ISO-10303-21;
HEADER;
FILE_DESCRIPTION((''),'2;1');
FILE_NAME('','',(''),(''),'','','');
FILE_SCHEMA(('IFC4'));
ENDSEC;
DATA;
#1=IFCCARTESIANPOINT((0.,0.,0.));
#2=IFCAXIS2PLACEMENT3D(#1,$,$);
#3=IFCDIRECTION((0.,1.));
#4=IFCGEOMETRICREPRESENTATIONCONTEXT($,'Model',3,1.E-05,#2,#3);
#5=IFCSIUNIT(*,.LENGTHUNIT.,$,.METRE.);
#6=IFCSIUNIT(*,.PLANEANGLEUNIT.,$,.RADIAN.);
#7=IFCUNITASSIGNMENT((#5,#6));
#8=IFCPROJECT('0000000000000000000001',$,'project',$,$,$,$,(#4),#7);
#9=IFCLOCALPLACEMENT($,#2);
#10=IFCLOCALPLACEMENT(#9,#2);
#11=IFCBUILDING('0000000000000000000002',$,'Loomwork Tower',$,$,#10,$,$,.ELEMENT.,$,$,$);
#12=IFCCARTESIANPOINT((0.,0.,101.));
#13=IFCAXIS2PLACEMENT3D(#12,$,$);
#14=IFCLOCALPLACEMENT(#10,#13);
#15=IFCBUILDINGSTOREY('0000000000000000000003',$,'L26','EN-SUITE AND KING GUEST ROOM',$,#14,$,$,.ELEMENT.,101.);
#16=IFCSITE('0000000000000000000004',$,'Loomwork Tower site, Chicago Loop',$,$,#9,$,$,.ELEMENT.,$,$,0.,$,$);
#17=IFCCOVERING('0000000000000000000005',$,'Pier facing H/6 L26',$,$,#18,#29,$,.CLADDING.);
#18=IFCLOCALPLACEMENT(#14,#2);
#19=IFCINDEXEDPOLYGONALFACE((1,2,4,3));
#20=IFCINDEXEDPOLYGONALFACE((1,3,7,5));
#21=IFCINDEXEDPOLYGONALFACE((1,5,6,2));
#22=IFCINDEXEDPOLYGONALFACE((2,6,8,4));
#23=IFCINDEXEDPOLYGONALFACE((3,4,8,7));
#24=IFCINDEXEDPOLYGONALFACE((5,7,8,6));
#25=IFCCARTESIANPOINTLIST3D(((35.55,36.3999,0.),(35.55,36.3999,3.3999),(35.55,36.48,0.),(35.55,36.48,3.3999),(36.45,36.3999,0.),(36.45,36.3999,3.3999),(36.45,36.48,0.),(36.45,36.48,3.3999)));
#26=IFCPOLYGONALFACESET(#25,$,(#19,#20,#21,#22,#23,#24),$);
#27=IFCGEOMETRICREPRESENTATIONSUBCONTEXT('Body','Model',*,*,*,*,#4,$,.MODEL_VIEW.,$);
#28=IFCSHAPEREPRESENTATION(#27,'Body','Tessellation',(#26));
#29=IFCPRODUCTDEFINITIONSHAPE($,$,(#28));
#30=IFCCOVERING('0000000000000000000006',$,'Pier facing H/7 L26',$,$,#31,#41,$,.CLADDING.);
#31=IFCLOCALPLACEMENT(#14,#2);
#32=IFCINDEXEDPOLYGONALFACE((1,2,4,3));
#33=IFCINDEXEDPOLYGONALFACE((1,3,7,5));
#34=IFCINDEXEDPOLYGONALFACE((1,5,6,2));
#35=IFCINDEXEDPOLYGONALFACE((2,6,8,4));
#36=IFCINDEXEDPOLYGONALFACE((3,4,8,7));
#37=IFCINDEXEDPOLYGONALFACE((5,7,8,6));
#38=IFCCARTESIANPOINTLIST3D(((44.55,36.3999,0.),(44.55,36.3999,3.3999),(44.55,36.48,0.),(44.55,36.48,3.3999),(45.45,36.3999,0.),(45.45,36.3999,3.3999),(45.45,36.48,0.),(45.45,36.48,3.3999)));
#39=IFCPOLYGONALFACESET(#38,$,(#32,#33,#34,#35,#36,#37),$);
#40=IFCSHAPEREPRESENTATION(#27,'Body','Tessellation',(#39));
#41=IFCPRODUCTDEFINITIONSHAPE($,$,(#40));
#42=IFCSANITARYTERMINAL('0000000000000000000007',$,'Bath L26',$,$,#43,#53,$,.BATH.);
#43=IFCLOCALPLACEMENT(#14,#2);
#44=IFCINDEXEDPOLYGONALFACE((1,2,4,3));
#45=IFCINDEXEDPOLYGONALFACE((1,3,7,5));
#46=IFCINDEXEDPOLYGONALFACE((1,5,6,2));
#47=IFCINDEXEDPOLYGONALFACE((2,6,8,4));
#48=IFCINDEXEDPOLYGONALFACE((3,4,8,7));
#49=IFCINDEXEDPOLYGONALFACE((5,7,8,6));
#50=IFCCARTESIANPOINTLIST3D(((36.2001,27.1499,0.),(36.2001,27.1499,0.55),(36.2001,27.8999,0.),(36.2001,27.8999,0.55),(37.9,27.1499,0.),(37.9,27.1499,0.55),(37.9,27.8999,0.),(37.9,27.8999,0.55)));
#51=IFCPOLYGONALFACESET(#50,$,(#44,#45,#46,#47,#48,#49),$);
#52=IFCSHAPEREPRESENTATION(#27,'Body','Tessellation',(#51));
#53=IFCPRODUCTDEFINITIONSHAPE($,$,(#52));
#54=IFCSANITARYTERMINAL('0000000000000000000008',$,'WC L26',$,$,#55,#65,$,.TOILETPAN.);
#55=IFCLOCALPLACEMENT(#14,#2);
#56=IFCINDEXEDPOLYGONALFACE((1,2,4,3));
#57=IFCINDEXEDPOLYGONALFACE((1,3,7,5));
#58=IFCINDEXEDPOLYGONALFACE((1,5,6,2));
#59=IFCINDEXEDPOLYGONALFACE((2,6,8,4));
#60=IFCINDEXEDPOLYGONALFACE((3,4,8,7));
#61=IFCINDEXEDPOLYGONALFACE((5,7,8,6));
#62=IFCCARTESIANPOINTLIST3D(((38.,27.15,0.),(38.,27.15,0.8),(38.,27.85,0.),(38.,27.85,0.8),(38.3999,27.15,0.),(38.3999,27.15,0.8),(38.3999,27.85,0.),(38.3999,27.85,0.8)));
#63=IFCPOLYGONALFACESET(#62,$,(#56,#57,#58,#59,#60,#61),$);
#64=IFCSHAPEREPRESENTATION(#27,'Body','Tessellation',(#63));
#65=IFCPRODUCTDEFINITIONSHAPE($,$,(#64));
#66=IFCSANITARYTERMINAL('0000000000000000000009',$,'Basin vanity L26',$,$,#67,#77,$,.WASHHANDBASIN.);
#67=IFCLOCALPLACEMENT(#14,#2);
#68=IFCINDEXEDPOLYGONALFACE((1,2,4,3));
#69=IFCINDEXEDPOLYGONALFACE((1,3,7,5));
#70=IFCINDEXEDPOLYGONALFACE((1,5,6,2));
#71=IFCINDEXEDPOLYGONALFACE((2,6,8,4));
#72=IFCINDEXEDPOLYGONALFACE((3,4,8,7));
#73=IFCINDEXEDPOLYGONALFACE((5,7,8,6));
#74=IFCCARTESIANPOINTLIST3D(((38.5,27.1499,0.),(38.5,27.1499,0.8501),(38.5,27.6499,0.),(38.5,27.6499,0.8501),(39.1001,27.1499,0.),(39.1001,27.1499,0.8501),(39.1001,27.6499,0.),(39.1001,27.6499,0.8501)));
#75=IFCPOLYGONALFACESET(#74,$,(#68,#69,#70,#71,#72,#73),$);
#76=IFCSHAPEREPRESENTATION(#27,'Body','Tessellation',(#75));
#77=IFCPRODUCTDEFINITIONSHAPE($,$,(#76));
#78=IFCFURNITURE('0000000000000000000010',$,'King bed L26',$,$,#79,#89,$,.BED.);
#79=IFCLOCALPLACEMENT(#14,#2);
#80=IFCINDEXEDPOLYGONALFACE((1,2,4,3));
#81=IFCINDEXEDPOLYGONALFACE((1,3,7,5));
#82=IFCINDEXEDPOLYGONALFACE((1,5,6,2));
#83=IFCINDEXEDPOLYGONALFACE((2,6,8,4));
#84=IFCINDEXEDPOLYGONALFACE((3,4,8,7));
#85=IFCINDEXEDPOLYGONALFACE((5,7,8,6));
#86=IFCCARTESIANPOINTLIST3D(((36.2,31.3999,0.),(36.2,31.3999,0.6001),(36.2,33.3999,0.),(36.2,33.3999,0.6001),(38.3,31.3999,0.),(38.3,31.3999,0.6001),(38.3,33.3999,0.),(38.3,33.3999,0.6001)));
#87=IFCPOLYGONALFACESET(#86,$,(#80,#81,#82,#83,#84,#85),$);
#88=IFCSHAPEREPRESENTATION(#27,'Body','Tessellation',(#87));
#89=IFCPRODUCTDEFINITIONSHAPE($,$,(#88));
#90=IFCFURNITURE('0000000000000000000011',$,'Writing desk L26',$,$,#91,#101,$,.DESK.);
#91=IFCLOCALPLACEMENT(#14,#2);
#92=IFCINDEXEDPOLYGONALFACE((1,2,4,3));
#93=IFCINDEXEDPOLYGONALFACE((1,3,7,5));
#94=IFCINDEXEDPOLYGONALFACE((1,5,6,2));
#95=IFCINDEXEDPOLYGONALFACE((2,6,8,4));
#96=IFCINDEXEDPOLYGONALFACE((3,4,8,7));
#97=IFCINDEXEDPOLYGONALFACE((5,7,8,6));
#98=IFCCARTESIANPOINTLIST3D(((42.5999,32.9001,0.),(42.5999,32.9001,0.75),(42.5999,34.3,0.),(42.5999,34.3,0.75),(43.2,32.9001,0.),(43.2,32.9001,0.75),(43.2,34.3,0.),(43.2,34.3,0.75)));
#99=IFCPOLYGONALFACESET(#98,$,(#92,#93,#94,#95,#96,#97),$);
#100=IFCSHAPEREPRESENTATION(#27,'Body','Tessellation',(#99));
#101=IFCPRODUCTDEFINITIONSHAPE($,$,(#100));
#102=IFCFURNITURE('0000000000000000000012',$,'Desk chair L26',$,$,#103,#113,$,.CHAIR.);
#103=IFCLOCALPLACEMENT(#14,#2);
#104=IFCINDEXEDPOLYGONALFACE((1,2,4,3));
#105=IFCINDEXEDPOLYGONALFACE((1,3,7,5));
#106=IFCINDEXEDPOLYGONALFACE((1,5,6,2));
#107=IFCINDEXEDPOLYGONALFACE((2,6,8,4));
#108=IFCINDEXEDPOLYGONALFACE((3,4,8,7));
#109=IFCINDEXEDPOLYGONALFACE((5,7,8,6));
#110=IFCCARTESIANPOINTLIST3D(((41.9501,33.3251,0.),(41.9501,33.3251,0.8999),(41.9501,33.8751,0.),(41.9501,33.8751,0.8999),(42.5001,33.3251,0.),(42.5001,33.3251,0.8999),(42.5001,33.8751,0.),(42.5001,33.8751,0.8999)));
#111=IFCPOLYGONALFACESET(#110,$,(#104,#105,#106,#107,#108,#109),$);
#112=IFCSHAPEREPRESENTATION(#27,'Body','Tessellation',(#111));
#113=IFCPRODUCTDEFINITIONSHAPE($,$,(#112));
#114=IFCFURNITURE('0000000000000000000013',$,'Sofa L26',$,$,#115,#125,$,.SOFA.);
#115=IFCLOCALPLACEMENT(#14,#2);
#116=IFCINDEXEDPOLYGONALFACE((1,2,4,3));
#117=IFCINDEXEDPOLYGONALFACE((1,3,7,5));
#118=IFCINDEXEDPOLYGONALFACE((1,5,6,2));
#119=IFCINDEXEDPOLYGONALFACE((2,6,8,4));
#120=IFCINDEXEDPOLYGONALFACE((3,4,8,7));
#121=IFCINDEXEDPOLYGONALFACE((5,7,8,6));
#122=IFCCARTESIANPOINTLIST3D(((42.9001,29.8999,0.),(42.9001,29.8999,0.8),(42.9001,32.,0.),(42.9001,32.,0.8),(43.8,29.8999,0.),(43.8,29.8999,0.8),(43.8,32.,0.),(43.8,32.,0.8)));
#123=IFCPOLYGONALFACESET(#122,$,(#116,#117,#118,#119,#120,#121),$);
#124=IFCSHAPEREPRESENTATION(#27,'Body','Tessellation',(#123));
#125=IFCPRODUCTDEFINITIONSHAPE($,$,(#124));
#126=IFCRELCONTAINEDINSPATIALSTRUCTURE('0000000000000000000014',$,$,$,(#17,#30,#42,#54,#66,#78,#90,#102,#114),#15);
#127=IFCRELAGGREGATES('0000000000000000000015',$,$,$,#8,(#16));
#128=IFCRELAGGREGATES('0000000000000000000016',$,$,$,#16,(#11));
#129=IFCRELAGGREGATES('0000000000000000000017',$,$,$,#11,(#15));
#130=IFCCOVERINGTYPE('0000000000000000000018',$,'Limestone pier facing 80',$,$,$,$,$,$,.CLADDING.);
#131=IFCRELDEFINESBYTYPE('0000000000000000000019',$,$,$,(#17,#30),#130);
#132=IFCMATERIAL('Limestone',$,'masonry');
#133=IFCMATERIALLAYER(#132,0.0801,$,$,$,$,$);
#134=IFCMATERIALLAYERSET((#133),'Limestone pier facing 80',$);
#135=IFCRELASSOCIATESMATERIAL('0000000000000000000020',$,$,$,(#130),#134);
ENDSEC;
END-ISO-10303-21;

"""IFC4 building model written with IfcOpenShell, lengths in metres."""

from ifc_helpers import new_model, si_unit, direction, frame, origin, origin_2d, place, context, subcontext, project, spatial, rectangle, extrude, material, layer, layer_set, type_object, element, save


model = new_model("IFC4")

# Units and contexts
model_context = context("Model", 3, precision=1e-05, world=origin(), true_north=direction((0.0, 1.0)))
body_context = subcontext(model_context, "Body", "Model", "MODEL_VIEW")
ifc_project = project(units=[si_unit("LENGTHUNIT", "METRE"), si_unit("PLANEANGLEUNIT", "RADIAN")], contexts=[model_context])

# Site, building, storey
site_placement = place(None, origin())
site = spatial("IfcSite", under=ifc_project, at=site_placement, Name="Loomwork Tower site, Chicago Loop", CompositionType="ELEMENT", RefElevation=0.0)
building_placement = place(site_placement, origin())
building = spatial("IfcBuilding", under=site, at=building_placement, Name="Loomwork Tower", CompositionType="ELEMENT")
storey_placement = place(building_placement, frame((0.0, 0.0, 101.0)))
storey = spatial("IfcBuildingStorey", under=building, at=storey_placement, Name="L26", Description="EN-SUITE AND KING GUEST ROOM", CompositionType="ELEMENT", Elevation=101.0)

# Coverings
ifc_material_1 = material(Name="Limestone", Category="masonry")
ifc_layer_1 = layer(ifc_material_1, 0.0801)
ifc_layer_set_1 = layer_set([ifc_layer_1], Name="Limestone pier facing 80")
covering_type = type_object("IfcCoveringType", Name="Limestone pier facing 80", PredefinedType="CLADDING", material=ifc_layer_set_1)
for number, where, z_axis, x_axis, name in (
    (1, (36.0, 36.4399, 0.0), (0.0, 0.0, 1.0), (1.0, 0.0, 0.0), "Pier facing H/6 L26"),
    (2, (45.0, 36.4399, 0.0), (0.0, 0.0, 1.0), (1.0, 0.0, 0.0), "Pier facing H/7 L26"),
):
    element("IfcCovering", number, at=place(storey_placement, frame(where, z_axis=z_axis, x_axis=x_axis)), inside=storey, type_object=covering_type, Name=name, PredefinedType="CLADDING", context=body_context, shape_type="SweptSolid", body=[
        extrude(rectangle(XDim=0.8999, YDim=0.0801, at=origin_2d()), origin(), (0.0, 0.0, 1.0), 3.3999),
    ])

# Sanitary terminals
sanitary_terminal_1_placement = place(storey_placement, frame((37.05, 27.5249, 0.0), z_axis=(0.0, 0.0, 1.0), x_axis=(1.0, 0.0, 0.0)))
element("IfcSanitaryTerminal", 3, at=sanitary_terminal_1_placement, inside=storey, Name="Bath L26", PredefinedType="BATH", context=body_context, shape_type="SweptSolid", body=[
    extrude(rectangle(XDim=1.7, YDim=0.75, at=origin_2d()), origin(), (0.0, 0.0, 1.0), 0.55),
])
sanitary_terminal_2_placement = place(storey_placement, frame((38.2, 27.5, 0.0), z_axis=(0.0, 0.0, 1.0), x_axis=(1.0, 0.0, 0.0)))
element("IfcSanitaryTerminal", 4, at=sanitary_terminal_2_placement, inside=storey, Name="WC L26", PredefinedType="TOILETPAN", context=body_context, shape_type="SweptSolid", body=[
    extrude(rectangle(XDim=0.3999, YDim=0.7, at=origin_2d()), origin(), (0.0, 0.0, 1.0), 0.8),
])
sanitary_terminal_3_placement = place(storey_placement, frame((38.8, 27.3999, 0.0), z_axis=(0.0, 0.0, 1.0), x_axis=(1.0, 0.0, 0.0)))
element("IfcSanitaryTerminal", 5, at=sanitary_terminal_3_placement, inside=storey, Name="Basin vanity L26", PredefinedType="WASHHANDBASIN", context=body_context, shape_type="SweptSolid", body=[
    extrude(rectangle(XDim=0.6001, YDim=0.5, at=origin_2d()), origin(), (0.0, 0.0, 1.0), 0.8501),
])

# Furniture
furniture_1_placement = place(storey_placement, frame((37.25, 32.3999, 0.0), z_axis=(0.0, 0.0, 1.0), x_axis=(1.0, 0.0, 0.0)))
element("IfcFurniture", 6, at=furniture_1_placement, inside=storey, Name="King bed L26", PredefinedType="BED", context=body_context, shape_type="SweptSolid", body=[
    extrude(rectangle(XDim=2.1001, YDim=2.0, at=origin_2d()), origin(), (0.0, 0.0, 1.0), 0.6001),
])
furniture_2_placement = place(storey_placement, frame((42.8999, 33.6001, 0.0), z_axis=(0.0, 0.0, 1.0), x_axis=(1.0, 0.0, 0.0)))
element("IfcFurniture", 7, at=furniture_2_placement, inside=storey, Name="Writing desk L26", PredefinedType="DESK", context=body_context, shape_type="SweptSolid", body=[
    extrude(rectangle(XDim=0.6001, YDim=1.3999, at=origin_2d()), origin(), (0.0, 0.0, 1.0), 0.75),
])
furniture_3_placement = place(storey_placement, frame((42.2251, 33.6001, 0.0), z_axis=(0.0, 0.0, 1.0), x_axis=(1.0, 0.0, 0.0)))
element("IfcFurniture", 8, at=furniture_3_placement, inside=storey, Name="Desk chair L26", PredefinedType="CHAIR", context=body_context, shape_type="SweptSolid", body=[
    extrude(rectangle(XDim=0.55, YDim=0.55, at=origin_2d()), origin(), (0.0, 0.0, 1.0), 0.8999),
])
furniture_4_placement = place(storey_placement, frame((43.3501, 30.95, 0.0), z_axis=(0.0, 0.0, 1.0), x_axis=(1.0, 0.0, 0.0)))
element("IfcFurniture", 9, at=furniture_4_placement, inside=storey, Name="Sofa L26", PredefinedType="SOFA", context=body_context, shape_type="SweptSolid", body=[
    extrude(rectangle(XDim=0.8999, YDim=2.1001, at=origin_2d()), origin(), (0.0, 0.0, 1.0), 0.8),
])

save(model, "model.ifc")
